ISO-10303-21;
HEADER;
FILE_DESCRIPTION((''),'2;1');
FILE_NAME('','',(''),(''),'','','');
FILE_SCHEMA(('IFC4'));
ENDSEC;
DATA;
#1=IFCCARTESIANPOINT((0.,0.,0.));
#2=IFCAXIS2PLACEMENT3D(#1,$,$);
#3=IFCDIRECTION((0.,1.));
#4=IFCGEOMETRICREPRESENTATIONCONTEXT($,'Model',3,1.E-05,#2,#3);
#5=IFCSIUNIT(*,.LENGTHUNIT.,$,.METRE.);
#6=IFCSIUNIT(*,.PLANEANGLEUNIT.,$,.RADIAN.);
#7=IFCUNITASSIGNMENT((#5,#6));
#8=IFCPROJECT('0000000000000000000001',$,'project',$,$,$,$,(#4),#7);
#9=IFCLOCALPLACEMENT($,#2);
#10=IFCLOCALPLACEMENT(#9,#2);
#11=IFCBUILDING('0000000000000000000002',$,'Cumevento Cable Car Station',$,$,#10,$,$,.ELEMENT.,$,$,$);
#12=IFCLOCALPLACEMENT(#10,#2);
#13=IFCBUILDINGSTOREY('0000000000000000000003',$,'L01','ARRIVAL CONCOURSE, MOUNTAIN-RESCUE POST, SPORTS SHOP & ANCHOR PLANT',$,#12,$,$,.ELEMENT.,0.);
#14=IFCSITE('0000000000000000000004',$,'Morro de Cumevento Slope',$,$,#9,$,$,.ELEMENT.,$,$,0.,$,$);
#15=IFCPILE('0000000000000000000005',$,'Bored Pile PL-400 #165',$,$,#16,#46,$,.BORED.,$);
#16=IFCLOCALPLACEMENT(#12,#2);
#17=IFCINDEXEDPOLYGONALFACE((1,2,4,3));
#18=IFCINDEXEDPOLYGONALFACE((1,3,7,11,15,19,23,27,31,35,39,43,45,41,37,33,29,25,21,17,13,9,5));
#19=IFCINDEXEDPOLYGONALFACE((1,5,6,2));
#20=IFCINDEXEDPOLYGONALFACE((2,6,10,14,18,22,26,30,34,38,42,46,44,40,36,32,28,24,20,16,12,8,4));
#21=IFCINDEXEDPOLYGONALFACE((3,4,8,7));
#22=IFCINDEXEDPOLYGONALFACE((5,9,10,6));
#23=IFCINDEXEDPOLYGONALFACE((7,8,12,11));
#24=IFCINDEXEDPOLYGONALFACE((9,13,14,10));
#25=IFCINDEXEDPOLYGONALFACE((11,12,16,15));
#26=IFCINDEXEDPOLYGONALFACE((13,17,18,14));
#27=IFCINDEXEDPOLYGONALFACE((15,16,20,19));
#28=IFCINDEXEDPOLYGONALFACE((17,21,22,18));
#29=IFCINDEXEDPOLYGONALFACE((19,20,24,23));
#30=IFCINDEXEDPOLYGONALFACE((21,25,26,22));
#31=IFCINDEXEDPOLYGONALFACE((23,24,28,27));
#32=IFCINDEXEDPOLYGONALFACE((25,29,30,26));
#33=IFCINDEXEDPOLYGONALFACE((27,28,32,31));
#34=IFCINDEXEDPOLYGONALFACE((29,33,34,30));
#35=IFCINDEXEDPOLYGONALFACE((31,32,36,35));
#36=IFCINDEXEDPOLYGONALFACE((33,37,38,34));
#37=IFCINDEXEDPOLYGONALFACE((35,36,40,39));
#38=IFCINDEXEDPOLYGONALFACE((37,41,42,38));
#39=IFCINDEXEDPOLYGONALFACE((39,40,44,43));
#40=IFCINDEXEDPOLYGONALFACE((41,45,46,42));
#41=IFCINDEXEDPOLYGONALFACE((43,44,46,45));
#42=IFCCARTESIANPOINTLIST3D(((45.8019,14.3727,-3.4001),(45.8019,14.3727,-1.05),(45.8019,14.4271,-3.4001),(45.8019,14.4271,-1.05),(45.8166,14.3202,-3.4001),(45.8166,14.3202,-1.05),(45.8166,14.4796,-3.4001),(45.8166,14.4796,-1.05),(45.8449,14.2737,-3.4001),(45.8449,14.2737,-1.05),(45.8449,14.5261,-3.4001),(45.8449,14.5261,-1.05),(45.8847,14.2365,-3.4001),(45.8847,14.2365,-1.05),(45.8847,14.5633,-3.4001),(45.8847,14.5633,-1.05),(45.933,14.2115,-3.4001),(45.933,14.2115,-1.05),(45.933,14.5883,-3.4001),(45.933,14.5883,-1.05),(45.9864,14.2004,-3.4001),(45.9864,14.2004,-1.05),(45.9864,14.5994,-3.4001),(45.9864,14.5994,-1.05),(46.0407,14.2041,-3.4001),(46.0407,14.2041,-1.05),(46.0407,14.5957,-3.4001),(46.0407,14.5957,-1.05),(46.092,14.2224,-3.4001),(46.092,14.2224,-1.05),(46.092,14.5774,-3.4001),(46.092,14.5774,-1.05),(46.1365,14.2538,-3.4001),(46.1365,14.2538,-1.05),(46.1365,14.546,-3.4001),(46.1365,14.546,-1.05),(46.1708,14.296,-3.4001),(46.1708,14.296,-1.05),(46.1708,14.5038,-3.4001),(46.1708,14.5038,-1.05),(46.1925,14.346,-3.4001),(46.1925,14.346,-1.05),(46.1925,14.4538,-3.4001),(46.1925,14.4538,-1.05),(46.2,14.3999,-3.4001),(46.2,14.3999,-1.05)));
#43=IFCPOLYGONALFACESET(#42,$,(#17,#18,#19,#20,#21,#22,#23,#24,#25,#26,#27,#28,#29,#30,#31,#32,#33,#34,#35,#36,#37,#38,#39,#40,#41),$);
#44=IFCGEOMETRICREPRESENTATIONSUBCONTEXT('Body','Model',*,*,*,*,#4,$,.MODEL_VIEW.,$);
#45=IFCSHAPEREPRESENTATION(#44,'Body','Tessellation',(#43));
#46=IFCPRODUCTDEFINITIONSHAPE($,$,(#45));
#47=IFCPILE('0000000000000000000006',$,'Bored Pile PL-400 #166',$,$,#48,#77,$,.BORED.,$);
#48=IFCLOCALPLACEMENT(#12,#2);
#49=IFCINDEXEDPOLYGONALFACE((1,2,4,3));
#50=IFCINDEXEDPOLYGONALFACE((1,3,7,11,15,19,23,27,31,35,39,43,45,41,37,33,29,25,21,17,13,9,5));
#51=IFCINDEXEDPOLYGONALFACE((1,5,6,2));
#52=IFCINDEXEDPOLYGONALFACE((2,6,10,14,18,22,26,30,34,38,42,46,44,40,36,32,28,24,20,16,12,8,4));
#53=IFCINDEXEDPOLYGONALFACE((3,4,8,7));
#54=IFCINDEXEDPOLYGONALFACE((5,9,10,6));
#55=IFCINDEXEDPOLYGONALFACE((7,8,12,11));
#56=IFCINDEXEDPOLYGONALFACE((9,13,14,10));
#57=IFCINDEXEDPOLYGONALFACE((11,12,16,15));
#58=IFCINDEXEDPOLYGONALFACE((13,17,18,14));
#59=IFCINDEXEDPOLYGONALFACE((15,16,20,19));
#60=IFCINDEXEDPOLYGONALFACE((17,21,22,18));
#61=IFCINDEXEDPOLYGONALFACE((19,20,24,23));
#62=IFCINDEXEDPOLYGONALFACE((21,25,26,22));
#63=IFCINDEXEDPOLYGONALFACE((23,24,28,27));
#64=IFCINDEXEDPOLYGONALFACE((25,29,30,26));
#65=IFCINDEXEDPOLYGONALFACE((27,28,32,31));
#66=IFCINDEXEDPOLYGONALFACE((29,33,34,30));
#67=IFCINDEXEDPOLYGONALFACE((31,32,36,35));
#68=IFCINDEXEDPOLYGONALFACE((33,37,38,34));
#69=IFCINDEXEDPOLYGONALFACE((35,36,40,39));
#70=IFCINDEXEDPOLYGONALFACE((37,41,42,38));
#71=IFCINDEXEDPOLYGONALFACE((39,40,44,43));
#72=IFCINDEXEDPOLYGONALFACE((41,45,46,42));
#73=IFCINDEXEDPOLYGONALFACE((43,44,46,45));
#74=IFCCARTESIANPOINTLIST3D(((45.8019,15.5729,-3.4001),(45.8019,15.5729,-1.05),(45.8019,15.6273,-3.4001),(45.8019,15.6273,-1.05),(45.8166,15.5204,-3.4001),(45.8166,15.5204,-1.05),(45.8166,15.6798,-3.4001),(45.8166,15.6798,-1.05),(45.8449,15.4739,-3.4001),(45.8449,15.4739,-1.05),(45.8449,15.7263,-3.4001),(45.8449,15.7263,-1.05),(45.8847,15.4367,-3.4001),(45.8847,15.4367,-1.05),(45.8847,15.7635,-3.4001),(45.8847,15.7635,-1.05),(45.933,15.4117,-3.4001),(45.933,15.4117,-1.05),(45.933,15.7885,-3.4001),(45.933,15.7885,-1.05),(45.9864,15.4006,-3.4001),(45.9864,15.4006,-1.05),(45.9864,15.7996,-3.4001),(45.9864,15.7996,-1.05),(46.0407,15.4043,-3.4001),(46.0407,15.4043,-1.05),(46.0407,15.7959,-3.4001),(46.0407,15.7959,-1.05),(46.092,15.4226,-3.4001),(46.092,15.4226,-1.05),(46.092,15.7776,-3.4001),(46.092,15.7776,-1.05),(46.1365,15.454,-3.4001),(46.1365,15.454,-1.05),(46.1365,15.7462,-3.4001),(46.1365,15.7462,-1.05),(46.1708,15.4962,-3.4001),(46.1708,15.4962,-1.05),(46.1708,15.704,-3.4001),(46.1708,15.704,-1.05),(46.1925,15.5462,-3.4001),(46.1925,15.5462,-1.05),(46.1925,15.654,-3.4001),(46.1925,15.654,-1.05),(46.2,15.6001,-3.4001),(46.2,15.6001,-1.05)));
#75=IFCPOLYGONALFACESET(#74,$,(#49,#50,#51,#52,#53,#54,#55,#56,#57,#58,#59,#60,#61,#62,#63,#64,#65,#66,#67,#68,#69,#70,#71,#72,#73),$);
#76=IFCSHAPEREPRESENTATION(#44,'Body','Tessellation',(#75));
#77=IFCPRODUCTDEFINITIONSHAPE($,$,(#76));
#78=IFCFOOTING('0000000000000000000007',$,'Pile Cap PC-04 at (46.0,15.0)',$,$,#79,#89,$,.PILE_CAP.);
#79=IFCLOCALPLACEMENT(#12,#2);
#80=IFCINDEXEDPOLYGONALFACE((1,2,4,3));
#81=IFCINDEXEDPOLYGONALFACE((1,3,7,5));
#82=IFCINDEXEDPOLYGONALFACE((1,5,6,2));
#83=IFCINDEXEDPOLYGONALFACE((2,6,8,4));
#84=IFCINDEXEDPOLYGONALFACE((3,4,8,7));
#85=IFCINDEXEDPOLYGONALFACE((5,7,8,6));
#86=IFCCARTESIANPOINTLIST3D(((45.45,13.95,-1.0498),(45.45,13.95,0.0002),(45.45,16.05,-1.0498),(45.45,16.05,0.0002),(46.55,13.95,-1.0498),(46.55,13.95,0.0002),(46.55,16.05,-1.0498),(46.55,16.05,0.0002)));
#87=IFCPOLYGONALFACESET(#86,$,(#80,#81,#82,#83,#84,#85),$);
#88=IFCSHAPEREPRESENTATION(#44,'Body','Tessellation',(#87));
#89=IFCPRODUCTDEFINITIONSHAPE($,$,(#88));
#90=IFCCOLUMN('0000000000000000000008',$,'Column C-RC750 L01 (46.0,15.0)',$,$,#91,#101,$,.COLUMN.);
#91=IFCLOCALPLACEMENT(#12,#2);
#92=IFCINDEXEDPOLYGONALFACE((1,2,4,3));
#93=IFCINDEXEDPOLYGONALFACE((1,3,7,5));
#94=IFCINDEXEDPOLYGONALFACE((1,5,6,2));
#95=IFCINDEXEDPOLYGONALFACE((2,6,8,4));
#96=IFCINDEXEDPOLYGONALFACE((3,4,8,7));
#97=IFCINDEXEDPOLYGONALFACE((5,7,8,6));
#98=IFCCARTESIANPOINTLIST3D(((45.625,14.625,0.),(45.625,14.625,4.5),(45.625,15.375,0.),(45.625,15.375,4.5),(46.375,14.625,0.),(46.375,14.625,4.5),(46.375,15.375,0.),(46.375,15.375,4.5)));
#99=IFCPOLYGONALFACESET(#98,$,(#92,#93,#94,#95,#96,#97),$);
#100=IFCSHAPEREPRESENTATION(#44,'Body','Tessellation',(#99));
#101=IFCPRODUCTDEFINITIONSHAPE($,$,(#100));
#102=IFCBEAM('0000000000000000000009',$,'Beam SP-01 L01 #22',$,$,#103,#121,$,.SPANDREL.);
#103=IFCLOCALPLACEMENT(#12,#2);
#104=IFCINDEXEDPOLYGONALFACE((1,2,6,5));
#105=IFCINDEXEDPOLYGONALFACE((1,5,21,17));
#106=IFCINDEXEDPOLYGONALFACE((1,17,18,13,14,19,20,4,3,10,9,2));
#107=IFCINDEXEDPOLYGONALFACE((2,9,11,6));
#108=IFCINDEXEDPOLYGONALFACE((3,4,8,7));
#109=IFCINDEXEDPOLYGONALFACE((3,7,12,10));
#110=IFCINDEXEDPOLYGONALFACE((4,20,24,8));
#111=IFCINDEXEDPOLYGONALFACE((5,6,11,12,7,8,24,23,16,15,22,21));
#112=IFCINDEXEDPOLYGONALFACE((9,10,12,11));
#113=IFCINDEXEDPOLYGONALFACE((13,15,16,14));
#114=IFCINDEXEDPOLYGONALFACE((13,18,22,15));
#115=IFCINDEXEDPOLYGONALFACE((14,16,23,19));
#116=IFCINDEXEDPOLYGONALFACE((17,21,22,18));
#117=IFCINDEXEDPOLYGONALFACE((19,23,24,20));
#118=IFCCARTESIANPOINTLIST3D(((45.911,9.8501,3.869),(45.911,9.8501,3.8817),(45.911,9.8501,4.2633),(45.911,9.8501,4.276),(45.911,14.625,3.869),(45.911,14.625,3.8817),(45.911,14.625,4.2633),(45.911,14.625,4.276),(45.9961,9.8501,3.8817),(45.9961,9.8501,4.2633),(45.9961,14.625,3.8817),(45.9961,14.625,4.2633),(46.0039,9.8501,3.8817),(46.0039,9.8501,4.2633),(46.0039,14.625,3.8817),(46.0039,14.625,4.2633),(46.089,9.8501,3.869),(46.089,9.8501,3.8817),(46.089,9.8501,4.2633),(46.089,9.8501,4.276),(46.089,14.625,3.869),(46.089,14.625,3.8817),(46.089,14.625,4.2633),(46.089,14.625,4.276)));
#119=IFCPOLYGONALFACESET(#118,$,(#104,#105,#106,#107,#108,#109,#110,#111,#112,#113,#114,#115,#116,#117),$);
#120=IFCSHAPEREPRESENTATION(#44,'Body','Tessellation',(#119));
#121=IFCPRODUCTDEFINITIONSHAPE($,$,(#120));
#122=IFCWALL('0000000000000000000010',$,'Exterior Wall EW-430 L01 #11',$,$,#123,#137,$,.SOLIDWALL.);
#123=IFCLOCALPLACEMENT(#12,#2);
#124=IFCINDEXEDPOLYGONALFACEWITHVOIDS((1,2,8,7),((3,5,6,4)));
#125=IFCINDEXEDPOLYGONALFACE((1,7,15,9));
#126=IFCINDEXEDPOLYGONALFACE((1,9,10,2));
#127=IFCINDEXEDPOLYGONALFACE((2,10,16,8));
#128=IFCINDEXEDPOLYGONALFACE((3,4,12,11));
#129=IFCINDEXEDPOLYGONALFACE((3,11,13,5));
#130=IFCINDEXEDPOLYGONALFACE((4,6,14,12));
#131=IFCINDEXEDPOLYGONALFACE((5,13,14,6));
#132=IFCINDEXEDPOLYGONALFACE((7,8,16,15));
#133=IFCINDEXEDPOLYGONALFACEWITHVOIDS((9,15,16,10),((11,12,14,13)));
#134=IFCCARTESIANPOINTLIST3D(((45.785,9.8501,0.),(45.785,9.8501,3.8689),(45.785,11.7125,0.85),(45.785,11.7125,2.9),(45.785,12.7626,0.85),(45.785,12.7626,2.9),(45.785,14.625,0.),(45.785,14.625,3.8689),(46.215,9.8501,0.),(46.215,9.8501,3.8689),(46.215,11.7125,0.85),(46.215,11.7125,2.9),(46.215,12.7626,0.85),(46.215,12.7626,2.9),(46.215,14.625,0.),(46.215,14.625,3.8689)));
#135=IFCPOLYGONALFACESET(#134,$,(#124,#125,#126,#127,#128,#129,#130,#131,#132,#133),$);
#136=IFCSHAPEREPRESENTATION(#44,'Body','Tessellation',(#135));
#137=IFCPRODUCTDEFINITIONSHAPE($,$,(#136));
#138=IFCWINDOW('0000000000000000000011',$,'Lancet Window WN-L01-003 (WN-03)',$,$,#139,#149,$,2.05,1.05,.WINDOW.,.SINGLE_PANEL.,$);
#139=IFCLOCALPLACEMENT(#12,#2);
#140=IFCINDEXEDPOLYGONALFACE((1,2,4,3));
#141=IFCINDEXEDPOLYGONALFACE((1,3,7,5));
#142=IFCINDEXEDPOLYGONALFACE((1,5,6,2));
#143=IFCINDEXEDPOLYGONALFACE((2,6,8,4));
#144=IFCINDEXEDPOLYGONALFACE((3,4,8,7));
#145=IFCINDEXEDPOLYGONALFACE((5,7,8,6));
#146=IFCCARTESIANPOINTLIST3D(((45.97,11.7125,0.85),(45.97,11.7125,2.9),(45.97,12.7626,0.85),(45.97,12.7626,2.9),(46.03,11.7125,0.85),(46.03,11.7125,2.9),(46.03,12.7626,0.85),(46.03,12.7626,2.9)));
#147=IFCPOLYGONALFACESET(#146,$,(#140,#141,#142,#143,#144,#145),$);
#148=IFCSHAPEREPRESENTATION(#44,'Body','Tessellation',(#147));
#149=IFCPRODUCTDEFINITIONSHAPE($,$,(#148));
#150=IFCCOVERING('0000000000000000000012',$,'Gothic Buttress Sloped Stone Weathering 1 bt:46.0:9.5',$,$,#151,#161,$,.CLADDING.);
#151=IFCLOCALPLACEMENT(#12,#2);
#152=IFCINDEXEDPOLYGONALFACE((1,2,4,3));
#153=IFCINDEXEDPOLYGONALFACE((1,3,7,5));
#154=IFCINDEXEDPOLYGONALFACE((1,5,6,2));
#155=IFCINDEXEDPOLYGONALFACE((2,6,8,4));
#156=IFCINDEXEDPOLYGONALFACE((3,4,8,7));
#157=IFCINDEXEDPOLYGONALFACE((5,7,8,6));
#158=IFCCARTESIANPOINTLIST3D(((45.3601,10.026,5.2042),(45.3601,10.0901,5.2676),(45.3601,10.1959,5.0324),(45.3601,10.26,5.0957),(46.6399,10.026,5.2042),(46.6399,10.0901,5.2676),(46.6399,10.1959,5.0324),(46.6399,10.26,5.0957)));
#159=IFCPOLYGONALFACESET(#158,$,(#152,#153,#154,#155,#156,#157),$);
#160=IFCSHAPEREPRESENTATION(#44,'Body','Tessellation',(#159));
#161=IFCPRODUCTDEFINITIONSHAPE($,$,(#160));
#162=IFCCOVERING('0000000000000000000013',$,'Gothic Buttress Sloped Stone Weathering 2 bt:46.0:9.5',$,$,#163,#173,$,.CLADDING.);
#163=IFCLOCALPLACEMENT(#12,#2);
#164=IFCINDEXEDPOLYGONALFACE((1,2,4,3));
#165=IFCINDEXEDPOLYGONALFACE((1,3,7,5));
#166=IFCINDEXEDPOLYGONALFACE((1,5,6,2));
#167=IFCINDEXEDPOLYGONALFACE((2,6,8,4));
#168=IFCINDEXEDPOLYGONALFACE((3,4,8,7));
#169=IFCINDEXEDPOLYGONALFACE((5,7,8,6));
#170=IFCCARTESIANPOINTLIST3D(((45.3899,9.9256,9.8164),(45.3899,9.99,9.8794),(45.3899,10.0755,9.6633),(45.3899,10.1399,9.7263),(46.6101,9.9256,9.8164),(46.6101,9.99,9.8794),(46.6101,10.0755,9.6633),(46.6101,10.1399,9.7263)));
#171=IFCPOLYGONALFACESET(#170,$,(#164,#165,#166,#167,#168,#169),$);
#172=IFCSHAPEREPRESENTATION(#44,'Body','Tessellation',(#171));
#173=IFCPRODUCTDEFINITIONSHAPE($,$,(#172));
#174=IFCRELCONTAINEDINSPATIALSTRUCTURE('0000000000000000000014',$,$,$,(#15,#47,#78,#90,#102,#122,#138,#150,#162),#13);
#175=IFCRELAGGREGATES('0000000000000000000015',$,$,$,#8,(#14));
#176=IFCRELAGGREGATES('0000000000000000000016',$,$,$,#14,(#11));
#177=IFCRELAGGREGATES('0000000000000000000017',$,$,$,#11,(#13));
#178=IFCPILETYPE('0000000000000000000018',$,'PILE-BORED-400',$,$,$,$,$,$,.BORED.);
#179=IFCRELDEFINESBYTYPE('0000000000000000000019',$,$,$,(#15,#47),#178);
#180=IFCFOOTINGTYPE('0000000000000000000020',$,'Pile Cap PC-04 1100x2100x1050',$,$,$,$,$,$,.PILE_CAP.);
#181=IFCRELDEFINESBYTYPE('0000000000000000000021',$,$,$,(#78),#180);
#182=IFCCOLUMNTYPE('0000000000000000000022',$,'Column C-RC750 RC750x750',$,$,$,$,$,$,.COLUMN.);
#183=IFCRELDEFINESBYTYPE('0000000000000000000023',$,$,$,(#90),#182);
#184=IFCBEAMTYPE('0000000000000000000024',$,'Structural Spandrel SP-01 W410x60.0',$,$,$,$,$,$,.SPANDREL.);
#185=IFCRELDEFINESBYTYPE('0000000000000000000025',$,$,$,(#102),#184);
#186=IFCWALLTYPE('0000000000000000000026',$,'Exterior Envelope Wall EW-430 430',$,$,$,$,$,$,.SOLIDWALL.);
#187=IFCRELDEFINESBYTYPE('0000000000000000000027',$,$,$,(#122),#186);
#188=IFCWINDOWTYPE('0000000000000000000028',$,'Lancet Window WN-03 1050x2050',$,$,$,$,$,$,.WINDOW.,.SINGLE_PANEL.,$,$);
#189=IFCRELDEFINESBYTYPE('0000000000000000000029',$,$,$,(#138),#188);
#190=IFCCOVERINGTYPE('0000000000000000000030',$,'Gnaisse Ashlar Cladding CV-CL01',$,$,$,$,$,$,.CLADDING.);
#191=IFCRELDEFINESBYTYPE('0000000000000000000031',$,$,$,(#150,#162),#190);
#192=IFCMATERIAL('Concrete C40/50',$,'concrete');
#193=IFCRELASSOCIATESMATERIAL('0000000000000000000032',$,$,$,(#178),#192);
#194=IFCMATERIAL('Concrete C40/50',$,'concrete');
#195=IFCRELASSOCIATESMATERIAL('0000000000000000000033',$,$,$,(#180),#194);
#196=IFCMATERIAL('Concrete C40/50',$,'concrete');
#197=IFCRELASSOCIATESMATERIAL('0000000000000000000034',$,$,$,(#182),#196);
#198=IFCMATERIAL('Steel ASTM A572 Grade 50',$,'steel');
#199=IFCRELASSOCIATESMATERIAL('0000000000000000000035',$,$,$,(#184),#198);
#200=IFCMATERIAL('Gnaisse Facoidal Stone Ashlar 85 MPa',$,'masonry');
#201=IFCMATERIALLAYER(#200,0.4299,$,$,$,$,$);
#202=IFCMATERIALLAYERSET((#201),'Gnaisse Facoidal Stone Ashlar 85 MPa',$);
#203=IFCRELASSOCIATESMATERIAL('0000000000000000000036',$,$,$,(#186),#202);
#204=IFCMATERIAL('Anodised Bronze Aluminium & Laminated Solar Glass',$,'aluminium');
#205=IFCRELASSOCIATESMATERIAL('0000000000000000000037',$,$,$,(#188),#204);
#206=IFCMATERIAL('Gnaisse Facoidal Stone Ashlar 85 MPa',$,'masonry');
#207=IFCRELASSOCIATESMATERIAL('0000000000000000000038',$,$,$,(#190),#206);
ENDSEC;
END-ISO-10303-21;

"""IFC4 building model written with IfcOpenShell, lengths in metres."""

from ifc_helpers import new_model, si_unit, direction, frame, frame_2d, origin, origin_2d, place, context, subcontext, project, spatial, polyline, rectangle, circle, i_section, outline, extrude, material, layer, layer_set, material_profile, profile_set, type_object, element, fill, save


model = new_model("IFC4")

# Units and contexts
model_context = context("Model", 3, precision=1e-05, world=origin(), true_north=direction((0.0, 1.0)))
body_context = subcontext(model_context, "Body", "Model", "MODEL_VIEW")
ifc_project = project(units=[si_unit("LENGTHUNIT", "METRE"), si_unit("PLANEANGLEUNIT", "RADIAN")], contexts=[model_context])

# Site, building, storey
site_placement = place(None, origin())
site = spatial("IfcSite", under=ifc_project, at=site_placement, Name="Morro de Cumevento Slope", CompositionType="ELEMENT", RefElevation=0.0)
building_placement = place(site_placement, origin())
building = spatial("IfcBuilding", under=site, at=building_placement, Name="Cumevento Cable Car Station", CompositionType="ELEMENT")
storey_placement = place(building_placement, origin())
storey = spatial("IfcBuildingStorey", under=building, at=storey_placement, Name="L01", Description="ARRIVAL CONCOURSE, MOUNTAIN-RESCUE POST, SPORTS SHOP & ANCHOR PLANT", CompositionType="ELEMENT", Elevation=0.0)

# Piles
ifc_material_1 = material(Name="Concrete C40/50", Category="concrete")
ifc_material_profile_1 = material_profile(ifc_material_1, circle(Radius=0.2, at=origin_2d()), Name="PILE-D400")
ifc_profile_set_1 = profile_set([ifc_material_profile_1], Name="Concrete C40/50")
pile_type = type_object("IfcPileType", Name="PILE-BORED-400", PredefinedType="BORED", material=ifc_profile_set_1)
for number, where, z_axis, x_axis, name in (
    (1, (46.0, 14.3999, -1.05), (0.0, 0.0, -1.0), (1.0, 0.0, 0.0), "Bored Pile PL-400 #165"),
    (2, (46.0, 15.6001, -1.05), (0.0, 0.0, -1.0), (1.0, 0.0, 0.0), "Bored Pile PL-400 #166"),
):
    element("IfcPile", number, at=place(storey_placement, frame(where, z_axis=z_axis, x_axis=x_axis)), inside=storey, type_object=pile_type, Name=name, PredefinedType="BORED", context=body_context, shape_type="SweptSolid", body=[
        extrude(circle(Radius=0.2, at=origin_2d()), origin(), (0.0, 0.0, 1.0), 2.3501),
    ])

# Footing
ifc_material_2 = material(Name="Concrete C40/50", Category="concrete")
footing_type = type_object("IfcFootingType", Name="Pile Cap PC-04 1100x2100x1050", PredefinedType="PILE_CAP", material=ifc_material_2)
footing_placement = place(storey_placement, frame((46.0, 15.0, -1.0498), z_axis=(0.0, 0.0, 1.0), x_axis=(1.0, 0.0, 0.0)))
element("IfcFooting", 3, at=footing_placement, inside=storey, type_object=footing_type, Name="Pile Cap PC-04 at (46.0,15.0)", PredefinedType="PILE_CAP", context=body_context, shape_type="SweptSolid", body=[
    extrude(rectangle(XDim=1.1001, YDim=2.1001, at=origin_2d()), origin(), (0.0, 0.0, 1.0), 1.05),
])

# Column
ifc_material_3 = material(Name="Concrete C40/50", Category="concrete")
ifc_material_profile_2 = material_profile(ifc_material_3, rectangle(XDim=0.75, YDim=0.75, at=origin_2d()), Name="RC750x750")
ifc_profile_set_2 = profile_set([ifc_material_profile_2], Name="Concrete C40/50")
column_type = type_object("IfcColumnType", Name="Column C-RC750 RC750x750", PredefinedType="COLUMN", material=ifc_profile_set_2)
column_placement = place(storey_placement, frame((46.0, 15.0, 0.0), z_axis=(0.0, 0.0, 1.0), x_axis=(1.0, 0.0, 0.0)))
element("IfcColumn", 4, at=column_placement, inside=storey, type_object=column_type, Name="Column C-RC750 L01 (46.0,15.0)", PredefinedType="COLUMN", context=body_context, shape_type="SweptSolid", body=[
    extrude(rectangle(XDim=0.75, YDim=0.75, at=origin_2d()), origin(), (0.0, 0.0, 1.0), 4.5),
])

# Beam
ifc_material_4 = material(Name="Steel ASTM A572 Grade 50", Category="steel")
ifc_material_profile_3 = material_profile(ifc_material_4, i_section(OverallWidth=0.178, OverallDepth=0.407, WebThickness=0.0078, FlangeThickness=0.0127, at=origin_2d()), Name="W410x60.0")
ifc_profile_set_3 = profile_set([ifc_material_profile_3], Name="Steel ASTM A572 Grade 50")
beam_type = type_object("IfcBeamType", Name="Structural Spandrel SP-01 W410x60.0", PredefinedType="SPANDREL", material=ifc_profile_set_3)
beam_placement = place(storey_placement, frame((46.0, 9.8501, 4.0725), z_axis=(0.0, 1.0, 0.0), x_axis=(-1.0, 0.0, 0.0)))
element("IfcBeam", 5, at=beam_placement, inside=storey, type_object=beam_type, Name="Beam SP-01 L01 #22", PredefinedType="SPANDREL", context=body_context, shape_type="SweptSolid", body=[
    extrude(i_section(OverallWidth=0.178, OverallDepth=0.407, WebThickness=0.0078, FlangeThickness=0.0127, at=origin_2d()), origin(), (0.0, 0.0, 1.0), 4.7749),
])

# Wall, opening, window
ifc_material_5 = material(Name="Gnaisse Facoidal Stone Ashlar 85 MPa", Category="masonry")
ifc_layer = layer(ifc_material_5, 0.4299)
ifc_layer_set = layer_set([ifc_layer], Name="Gnaisse Facoidal Stone Ashlar 85 MPa")
wall_type = type_object("IfcWallType", Name="Exterior Envelope Wall EW-430 430", PredefinedType="SOLIDWALL", material=ifc_layer_set)
wall_placement = place(storey_placement, frame((46.0, 14.625, 0.0), z_axis=(0.0, 0.0, 1.0), x_axis=(0.0, -1.0, 0.0)))
wall = element("IfcWall", 6, at=wall_placement, inside=storey, type_object=wall_type, Name="Exterior Wall EW-430 L01 #11", PredefinedType="SOLIDWALL", context=body_context, shape_type="SweptSolid", body=[
    extrude(rectangle(XDim=4.7749, YDim=0.4299, at=frame_2d((2.3875, 0.0))), origin(), (0.0, 0.0, 1.0), 3.8689),
])
opening_placement = place(wall_placement, frame((1.8625, 0.0, 0.8501)))
opening = element("IfcOpeningElement", 7, at=opening_placement, cuts=wall, PredefinedType="OPENING", context=body_context, shape_type="SweptSolid", body=[
    extrude(rectangle(XDim=1.05, YDim=2.05, at=frame_2d((0.5249, 1.0249))), frame((0.0, 0.2249, 0.0), z_axis=(0.0, -1.0, 0.0), x_axis=(1.0, 0.0, 0.0)), (0.0, 0.0, 1.0), 0.45),
])
ifc_material_6 = material(Name="Anodised Bronze Aluminium & Laminated Solar Glass", Category="aluminium")
window_type = type_object("IfcWindowType", Name="Lancet Window WN-03 1050x2050", PartitioningType="SINGLE_PANEL", PredefinedType="WINDOW", material=ifc_material_6)
window_placement = place(opening_placement, origin())
window = element("IfcWindow", 8, at=window_placement, inside=storey, type_object=window_type, Name="Lancet Window WN-L01-003 (WN-03)", OverallHeight=2.05, OverallWidth=1.05, PartitioningType="SINGLE_PANEL", PredefinedType="WINDOW", context=body_context, shape_type="SweptSolid", body=[
    extrude(rectangle(XDim=1.05, YDim=2.05, at=frame_2d((0.5249, 1.0249))), frame((0.0, 0.03, 0.0), z_axis=(0.0, -1.0, 0.0), x_axis=(1.0, 0.0, 0.0)), (0.0, 0.0, 1.0), 0.0601),
])
fill(opening, window)

# Coverings
ifc_material_7 = material(Name="Gnaisse Facoidal Stone Ashlar 85 MPa", Category="masonry")
covering_type = type_object("IfcCoveringType", Name="Gnaisse Ashlar Cladding CV-CL01", PredefinedType="CLADDING", material=ifc_material_7)
covering_1_placement = place(storey_placement, frame((46.6399, 10.26, 5.0957), z_axis=(0.0, 0.711136, 0.703055), x_axis=(-1.0, 0.0, 0.0)))
element("IfcCovering", 9, at=covering_1_placement, inside=storey, type_object=covering_type, Name="Gothic Buttress Sloped Stone Weathering 1 bt:46.0:9.5", PredefinedType="CLADDING", context=body_context, shape_type="SweptSolid", body=[
    extrude(outline(polyline([(0.0, 0.0), (1.2798, 0.0), (1.2798, 0.2417), (0.0, 0.2417), (0.0, 0.0)])), origin(), (0.0, 0.0, -1.0), 0.0901),
])
covering_2_placement = place(storey_placement, frame((46.6101, 10.1399, 9.7263), z_axis=(0.0, 0.714475, 0.699661), x_axis=(-1.0, 0.0, 0.0)))
element("IfcCovering", 10, at=covering_2_placement, inside=storey, type_object=covering_type, Name="Gothic Buttress Sloped Stone Weathering 2 bt:46.0:9.5", PredefinedType="CLADDING", context=body_context, shape_type="SweptSolid", body=[
    extrude(outline(polyline([(0.0, 0.0), (1.2202, 0.0), (1.2202, 0.2142), (0.0, 0.2142), (0.0, 0.0)])), origin(), (0.0, 0.0, -1.0), 0.0901),
])

save(model, "model.ifc")
